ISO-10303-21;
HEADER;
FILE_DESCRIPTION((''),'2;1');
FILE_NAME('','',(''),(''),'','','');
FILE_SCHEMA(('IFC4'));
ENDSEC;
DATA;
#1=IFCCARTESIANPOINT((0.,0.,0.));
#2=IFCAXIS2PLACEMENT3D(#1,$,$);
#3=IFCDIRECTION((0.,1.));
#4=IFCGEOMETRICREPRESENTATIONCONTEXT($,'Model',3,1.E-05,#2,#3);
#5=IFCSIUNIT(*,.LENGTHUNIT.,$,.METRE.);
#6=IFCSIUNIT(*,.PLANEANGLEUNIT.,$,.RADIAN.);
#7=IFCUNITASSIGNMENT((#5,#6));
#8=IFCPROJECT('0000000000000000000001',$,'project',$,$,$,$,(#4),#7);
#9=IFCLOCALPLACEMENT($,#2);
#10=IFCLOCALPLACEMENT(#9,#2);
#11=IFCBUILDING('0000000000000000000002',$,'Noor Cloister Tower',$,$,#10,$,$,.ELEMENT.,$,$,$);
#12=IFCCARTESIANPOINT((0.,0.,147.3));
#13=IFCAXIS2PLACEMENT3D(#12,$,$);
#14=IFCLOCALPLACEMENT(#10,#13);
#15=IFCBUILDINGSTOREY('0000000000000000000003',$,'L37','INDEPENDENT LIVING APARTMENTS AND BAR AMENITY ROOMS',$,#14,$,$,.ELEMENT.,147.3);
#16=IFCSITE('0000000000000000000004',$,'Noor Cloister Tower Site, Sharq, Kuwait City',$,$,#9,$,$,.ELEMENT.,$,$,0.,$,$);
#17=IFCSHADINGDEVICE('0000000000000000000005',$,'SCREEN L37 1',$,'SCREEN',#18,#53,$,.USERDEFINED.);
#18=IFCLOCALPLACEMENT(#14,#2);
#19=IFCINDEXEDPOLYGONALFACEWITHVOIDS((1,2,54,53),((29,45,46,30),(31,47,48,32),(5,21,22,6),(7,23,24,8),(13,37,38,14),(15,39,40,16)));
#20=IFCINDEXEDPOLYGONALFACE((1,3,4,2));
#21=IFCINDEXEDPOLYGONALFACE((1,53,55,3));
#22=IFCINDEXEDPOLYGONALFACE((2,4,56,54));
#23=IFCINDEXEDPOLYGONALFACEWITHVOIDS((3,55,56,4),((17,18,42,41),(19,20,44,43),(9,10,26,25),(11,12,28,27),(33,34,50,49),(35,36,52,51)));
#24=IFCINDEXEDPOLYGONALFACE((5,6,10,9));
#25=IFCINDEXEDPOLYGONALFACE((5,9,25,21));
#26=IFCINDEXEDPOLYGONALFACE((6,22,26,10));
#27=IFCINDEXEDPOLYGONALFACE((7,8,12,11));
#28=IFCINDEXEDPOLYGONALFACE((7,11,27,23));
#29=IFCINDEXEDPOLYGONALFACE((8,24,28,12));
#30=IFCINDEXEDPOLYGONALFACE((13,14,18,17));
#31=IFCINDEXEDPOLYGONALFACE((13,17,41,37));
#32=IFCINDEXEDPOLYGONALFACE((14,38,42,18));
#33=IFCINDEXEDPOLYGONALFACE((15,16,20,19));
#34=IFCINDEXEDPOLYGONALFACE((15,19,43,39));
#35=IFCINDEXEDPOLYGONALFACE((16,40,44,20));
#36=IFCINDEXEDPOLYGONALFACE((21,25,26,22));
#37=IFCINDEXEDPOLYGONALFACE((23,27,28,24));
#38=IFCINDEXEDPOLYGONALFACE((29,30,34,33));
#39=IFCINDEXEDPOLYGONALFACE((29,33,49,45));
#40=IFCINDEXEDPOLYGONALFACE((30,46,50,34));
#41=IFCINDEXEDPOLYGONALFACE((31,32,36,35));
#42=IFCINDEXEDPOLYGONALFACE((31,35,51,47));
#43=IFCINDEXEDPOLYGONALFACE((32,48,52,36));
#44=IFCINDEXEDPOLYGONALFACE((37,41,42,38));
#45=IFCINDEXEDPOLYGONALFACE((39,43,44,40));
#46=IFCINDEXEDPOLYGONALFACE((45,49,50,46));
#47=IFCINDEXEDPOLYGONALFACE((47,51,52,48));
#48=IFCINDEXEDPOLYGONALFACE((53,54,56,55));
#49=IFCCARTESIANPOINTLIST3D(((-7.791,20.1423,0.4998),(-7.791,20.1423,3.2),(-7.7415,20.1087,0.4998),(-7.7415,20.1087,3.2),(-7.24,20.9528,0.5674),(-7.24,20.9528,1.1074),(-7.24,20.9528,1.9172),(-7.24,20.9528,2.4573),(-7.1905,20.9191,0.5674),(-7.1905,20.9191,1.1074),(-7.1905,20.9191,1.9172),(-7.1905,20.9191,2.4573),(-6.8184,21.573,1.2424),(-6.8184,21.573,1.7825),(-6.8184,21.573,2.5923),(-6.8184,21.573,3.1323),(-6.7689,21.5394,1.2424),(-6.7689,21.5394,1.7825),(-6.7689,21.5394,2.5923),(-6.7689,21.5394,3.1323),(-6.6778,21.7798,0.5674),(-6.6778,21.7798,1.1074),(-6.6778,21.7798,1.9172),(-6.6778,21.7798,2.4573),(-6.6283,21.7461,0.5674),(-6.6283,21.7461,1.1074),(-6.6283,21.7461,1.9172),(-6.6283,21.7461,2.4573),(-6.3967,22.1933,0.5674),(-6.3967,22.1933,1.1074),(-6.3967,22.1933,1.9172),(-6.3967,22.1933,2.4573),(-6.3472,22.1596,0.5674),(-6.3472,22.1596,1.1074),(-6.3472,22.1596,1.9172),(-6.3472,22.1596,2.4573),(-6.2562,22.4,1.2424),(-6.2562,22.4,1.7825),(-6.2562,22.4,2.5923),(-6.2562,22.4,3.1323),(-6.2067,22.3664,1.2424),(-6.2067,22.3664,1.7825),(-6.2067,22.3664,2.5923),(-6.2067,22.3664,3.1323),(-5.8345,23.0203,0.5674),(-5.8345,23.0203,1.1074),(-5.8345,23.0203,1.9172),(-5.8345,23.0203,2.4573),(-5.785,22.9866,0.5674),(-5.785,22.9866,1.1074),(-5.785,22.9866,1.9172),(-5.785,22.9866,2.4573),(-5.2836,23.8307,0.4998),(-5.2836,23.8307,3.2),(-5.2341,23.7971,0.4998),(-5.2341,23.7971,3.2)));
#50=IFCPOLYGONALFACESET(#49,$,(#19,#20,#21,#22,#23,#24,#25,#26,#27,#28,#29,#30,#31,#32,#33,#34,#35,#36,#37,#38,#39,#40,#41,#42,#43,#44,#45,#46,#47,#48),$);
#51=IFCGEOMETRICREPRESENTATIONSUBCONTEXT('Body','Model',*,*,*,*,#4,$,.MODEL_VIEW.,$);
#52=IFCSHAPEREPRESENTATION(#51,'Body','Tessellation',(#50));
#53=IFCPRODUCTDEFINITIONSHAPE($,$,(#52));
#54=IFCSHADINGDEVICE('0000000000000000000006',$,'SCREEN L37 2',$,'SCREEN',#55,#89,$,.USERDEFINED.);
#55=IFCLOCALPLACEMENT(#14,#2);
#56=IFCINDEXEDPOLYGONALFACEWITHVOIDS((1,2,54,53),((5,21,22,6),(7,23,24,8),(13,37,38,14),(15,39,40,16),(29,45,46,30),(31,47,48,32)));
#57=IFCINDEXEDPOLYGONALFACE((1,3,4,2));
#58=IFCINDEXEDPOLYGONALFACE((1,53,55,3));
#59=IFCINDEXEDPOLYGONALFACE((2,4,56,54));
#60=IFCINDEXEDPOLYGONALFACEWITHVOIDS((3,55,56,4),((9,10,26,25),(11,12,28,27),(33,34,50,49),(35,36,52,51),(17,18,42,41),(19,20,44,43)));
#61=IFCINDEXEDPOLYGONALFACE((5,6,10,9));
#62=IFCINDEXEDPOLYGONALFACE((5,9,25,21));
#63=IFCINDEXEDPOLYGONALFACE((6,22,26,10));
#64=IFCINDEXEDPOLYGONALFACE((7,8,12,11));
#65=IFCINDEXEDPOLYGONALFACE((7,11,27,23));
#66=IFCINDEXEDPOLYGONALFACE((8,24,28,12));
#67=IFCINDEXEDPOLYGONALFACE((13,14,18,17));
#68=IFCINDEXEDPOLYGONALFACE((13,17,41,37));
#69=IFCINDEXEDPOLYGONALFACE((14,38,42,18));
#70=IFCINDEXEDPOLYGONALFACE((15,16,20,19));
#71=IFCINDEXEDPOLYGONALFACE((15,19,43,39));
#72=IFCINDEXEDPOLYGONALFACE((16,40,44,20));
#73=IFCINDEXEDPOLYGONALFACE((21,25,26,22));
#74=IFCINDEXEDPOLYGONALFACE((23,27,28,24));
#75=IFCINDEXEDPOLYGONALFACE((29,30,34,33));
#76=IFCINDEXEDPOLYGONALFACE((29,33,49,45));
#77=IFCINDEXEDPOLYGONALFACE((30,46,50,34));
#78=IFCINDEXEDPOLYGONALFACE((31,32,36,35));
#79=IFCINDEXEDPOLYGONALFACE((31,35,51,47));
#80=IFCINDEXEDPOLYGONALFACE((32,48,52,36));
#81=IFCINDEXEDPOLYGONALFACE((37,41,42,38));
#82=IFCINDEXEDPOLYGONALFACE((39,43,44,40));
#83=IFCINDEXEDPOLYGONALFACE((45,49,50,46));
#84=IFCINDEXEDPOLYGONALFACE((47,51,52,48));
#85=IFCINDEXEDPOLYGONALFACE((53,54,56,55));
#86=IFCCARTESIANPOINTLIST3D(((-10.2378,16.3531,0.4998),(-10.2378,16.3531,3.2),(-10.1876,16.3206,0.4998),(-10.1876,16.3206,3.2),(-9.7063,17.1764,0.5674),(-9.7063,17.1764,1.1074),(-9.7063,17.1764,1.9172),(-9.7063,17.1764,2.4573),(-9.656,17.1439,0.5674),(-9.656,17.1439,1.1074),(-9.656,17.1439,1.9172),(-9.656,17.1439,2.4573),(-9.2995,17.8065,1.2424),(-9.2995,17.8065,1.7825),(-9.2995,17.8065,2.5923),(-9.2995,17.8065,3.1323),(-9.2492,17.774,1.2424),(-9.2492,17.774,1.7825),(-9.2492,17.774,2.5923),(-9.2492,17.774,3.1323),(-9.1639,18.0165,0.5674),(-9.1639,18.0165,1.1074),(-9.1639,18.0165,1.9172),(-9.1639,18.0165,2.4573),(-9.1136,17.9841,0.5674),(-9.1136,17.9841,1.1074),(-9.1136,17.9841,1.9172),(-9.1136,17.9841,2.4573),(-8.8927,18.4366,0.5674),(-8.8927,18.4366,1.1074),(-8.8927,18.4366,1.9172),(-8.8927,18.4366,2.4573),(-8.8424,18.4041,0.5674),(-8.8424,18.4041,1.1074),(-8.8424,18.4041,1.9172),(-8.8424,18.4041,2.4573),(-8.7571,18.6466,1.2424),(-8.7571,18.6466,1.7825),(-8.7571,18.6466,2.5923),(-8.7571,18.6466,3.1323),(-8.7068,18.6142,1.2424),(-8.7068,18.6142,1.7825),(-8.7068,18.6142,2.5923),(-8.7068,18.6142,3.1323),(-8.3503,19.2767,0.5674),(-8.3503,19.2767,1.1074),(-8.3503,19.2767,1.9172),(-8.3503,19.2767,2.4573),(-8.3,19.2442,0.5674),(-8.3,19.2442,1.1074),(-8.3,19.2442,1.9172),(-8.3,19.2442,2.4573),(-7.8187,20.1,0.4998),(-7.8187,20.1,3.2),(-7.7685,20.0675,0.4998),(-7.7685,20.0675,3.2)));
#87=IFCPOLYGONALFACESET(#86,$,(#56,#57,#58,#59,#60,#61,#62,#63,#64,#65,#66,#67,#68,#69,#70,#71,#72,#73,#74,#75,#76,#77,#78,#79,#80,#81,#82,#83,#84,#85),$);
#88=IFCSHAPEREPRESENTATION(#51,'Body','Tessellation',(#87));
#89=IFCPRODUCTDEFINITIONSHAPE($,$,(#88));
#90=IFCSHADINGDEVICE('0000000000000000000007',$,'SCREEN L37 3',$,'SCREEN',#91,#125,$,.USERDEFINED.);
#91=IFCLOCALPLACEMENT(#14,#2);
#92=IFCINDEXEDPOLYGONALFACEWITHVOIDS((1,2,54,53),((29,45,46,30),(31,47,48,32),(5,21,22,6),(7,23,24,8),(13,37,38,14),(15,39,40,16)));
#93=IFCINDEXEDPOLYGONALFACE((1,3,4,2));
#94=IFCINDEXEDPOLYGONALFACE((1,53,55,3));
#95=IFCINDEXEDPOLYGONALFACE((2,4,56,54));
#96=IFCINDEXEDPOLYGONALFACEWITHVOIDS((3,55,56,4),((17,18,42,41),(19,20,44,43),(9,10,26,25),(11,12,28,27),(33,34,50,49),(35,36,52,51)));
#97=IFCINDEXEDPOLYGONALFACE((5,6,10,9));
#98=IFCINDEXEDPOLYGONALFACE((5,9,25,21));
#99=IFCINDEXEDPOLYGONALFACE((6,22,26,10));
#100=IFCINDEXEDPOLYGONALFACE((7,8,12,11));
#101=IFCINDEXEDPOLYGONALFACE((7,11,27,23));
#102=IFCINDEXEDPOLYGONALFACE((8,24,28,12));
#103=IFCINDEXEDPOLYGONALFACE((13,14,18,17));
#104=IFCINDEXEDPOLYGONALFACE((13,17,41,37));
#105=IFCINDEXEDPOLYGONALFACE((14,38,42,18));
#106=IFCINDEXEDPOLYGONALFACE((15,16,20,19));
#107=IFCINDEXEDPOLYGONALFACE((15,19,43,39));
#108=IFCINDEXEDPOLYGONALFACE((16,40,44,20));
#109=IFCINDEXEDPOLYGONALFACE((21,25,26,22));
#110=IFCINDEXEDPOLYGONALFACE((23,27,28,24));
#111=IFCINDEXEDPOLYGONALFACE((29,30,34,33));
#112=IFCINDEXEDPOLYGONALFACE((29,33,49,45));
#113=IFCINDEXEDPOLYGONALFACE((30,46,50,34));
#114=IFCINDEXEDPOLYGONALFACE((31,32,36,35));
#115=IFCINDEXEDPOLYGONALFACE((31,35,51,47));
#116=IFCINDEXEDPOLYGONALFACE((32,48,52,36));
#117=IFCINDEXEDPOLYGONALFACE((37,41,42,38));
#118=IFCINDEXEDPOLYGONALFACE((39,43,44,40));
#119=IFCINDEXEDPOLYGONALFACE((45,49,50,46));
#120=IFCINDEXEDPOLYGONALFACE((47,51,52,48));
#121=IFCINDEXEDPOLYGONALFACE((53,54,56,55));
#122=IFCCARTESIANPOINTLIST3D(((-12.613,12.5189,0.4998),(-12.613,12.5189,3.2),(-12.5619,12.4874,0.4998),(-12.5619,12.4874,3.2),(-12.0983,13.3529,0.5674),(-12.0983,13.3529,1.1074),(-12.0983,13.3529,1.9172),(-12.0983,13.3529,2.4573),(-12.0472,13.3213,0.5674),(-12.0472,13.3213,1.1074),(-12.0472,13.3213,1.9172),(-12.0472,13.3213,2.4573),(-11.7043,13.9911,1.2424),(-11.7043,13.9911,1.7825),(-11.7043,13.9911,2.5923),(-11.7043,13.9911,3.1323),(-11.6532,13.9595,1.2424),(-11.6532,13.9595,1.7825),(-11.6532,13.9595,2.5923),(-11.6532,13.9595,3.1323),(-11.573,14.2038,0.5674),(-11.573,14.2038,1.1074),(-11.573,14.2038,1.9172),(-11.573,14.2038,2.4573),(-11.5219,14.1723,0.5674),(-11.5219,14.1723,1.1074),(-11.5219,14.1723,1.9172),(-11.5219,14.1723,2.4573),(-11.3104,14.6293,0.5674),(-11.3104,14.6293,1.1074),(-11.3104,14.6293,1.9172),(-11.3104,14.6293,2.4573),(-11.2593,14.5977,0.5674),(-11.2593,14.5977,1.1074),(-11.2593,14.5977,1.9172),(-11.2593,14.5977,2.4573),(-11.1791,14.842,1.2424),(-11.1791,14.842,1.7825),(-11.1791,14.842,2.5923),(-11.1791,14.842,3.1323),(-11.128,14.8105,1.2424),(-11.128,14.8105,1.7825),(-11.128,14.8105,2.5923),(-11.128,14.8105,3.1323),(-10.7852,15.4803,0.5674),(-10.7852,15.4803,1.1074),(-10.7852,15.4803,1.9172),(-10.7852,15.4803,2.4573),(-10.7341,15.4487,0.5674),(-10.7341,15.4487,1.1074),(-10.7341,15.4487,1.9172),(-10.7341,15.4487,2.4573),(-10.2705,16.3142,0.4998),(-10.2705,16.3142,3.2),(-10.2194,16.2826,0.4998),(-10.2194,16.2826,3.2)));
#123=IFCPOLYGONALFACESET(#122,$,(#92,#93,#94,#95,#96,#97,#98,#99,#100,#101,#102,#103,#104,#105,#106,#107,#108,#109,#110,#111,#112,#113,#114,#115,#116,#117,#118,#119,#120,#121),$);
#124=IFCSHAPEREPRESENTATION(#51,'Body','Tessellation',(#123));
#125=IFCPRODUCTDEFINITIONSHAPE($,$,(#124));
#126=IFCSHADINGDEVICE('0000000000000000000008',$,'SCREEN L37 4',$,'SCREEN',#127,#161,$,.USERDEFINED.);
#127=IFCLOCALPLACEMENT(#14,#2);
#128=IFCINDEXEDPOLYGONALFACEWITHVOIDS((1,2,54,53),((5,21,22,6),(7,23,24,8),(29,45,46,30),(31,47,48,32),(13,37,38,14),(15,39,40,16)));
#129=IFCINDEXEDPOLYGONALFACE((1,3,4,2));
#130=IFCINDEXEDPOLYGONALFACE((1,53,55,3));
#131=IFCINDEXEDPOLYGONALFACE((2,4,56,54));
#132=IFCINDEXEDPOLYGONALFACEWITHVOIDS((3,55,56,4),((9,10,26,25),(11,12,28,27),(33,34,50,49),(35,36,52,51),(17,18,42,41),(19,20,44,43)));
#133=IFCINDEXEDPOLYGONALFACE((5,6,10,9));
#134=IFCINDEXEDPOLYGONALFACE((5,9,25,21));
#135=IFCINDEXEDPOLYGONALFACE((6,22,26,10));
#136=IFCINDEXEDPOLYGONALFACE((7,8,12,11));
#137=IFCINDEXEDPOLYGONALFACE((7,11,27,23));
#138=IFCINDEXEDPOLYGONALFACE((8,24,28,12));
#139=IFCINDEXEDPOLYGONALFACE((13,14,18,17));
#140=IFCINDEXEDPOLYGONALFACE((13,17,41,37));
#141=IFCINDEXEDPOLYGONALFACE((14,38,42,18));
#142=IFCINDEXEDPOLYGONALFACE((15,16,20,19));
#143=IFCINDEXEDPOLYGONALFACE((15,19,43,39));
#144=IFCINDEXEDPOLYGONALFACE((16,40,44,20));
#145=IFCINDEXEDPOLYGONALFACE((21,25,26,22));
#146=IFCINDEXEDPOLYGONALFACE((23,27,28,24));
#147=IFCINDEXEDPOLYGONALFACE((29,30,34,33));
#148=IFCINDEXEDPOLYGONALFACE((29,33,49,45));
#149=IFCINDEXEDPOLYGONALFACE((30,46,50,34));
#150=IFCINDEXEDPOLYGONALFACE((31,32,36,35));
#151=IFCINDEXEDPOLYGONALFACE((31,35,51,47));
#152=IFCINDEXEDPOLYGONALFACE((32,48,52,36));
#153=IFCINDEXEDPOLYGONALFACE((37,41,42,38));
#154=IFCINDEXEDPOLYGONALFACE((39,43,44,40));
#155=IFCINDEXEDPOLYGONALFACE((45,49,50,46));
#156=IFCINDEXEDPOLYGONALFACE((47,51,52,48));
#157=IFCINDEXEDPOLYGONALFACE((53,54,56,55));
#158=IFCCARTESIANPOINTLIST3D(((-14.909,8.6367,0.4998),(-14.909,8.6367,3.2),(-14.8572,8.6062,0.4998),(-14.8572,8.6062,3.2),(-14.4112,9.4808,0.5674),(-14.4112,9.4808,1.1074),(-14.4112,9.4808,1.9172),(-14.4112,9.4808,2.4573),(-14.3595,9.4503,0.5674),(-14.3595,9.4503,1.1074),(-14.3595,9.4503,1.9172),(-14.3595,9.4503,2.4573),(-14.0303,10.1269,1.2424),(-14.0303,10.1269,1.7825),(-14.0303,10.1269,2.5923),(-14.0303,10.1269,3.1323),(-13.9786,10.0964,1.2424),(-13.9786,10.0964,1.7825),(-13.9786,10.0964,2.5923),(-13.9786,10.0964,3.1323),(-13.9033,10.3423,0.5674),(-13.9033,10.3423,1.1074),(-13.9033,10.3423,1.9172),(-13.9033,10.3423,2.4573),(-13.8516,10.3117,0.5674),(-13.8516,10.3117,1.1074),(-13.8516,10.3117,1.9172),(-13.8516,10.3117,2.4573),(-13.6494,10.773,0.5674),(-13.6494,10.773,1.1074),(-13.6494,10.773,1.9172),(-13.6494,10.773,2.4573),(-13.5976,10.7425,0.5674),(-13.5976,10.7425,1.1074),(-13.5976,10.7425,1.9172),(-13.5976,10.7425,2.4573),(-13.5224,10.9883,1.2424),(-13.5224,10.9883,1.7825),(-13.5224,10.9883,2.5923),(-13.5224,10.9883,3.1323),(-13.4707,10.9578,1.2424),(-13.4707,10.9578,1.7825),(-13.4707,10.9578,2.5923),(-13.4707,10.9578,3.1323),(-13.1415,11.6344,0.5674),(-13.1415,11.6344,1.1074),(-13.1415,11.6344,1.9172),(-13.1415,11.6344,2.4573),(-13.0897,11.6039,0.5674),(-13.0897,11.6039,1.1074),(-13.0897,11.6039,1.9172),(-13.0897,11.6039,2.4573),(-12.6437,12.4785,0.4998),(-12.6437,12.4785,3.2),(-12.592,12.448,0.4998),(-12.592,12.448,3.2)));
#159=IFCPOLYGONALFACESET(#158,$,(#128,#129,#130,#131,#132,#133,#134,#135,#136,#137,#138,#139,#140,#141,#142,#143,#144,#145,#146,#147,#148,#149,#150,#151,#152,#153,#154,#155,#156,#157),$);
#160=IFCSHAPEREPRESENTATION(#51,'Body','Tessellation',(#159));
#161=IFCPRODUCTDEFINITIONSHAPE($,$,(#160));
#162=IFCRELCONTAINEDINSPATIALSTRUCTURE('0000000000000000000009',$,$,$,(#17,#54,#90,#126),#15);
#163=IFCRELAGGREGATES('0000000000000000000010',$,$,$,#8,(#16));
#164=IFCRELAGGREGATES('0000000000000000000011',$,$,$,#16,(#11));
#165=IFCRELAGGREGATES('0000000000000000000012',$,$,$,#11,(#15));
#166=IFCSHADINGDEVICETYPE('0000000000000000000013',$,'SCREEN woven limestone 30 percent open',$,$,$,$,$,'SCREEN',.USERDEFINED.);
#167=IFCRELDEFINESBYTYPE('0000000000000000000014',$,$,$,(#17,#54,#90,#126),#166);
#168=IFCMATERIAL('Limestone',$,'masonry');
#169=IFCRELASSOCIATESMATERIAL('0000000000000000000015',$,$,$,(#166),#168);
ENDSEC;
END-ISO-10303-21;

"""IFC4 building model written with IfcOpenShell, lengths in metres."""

from ifc_helpers import new_model, si_unit, direction, frame, origin, place, context, subcontext, project, spatial, polyline, outline, extrude, material, material_profile, profile_set, type_object, element, save


model = new_model("IFC4")

# Units and contexts
model_context = context("Model", 3, precision=1e-05, world=origin(), true_north=direction((0.0, 1.0)))
body_context = subcontext(model_context, "Body", "Model", "MODEL_VIEW")
ifc_project = project(units=[si_unit("LENGTHUNIT", "METRE"), si_unit("PLANEANGLEUNIT", "RADIAN")], contexts=[model_context])

# Site, building, storey
site_placement = place(None, origin())
site = spatial("IfcSite", under=ifc_project, at=site_placement, Name="Noor Cloister Tower Site, Sharq, Kuwait City", CompositionType="ELEMENT", RefElevation=0.0)
building_placement = place(site_placement, origin())
building = spatial("IfcBuilding", under=site, at=building_placement, Name="Noor Cloister Tower", CompositionType="ELEMENT")
storey_placement = place(building_placement, frame((0.0, 0.0, 147.3)))
storey = spatial("IfcBuildingStorey", under=building, at=storey_placement, Name="L37", Description="INDEPENDENT LIVING APARTMENTS AND BAR AMENITY ROOMS", CompositionType="ELEMENT", Elevation=147.3)

# Shading devices
ifc_material_1 = material(Name="Limestone", Category="masonry")
ifc_material_profile_1 = material_profile(ifc_material_1, outline(polyline([(-2.23, -1.3501), (2.23, -1.3501), (2.23, 1.3501), (-2.23, 1.3501), (-2.23, -1.3501)]), holes=[polyline([(-1.25, -1.2825), (-0.25, -1.2825), (-0.25, -0.7424), (-1.25, -0.7424), (-1.25, -1.2825)]), polyline([(0.25, -1.2825), (1.25, -1.2825), (1.25, -0.7424), (0.25, -0.7424), (0.25, -1.2825)]), polyline([(-0.5, -0.6074), (0.5, -0.6074), (0.5, -0.0674), (-0.5, -0.0674), (-0.5, -0.6074)]), polyline([(-1.25, 0.0674), (-0.25, 0.0674), (-0.25, 0.6074), (-1.25, 0.6074), (-1.25, 0.0674)]), polyline([(0.25, 0.0674), (1.25, 0.0674), (1.25, 0.6074), (0.25, 0.6074), (0.25, 0.0674)]), polyline([(-0.5, 0.7424), (0.5, 0.7424), (0.5, 1.2825), (-0.5, 1.2825), (-0.5, 0.7424)])]), Name="Woven screen 30 percent open")
ifc_profile_set_1 = profile_set([ifc_material_profile_1], Name="Limestone")
shading_device_type = type_object("IfcShadingDeviceType", Name="SCREEN woven limestone 30 percent open", ElementType="SCREEN", PredefinedType="USERDEFINED", material=ifc_profile_set_1)
for number, where, z_axis, x_axis, name in (
    (1, (-6.4878, 21.9529, 1.8499), (-0.827002, 0.562199, 0.0), (-0.562199, -0.827002, 0.0), "SCREEN L37 1"),
    (2, (-8.978, 18.1941, 1.8499), (-0.840117, 0.542406, 0.0), (-0.542406, -0.840117, 0.0), "SCREEN L37 2"),
):
    element("IfcShadingDevice", number, at=place(storey_placement, frame(where, z_axis=z_axis, x_axis=x_axis)), inside=storey, type_object=shading_device_type, Name=name, ObjectType="SCREEN", PredefinedType="USERDEFINED", context=body_context, shape_type="SweptSolid", body=[
        extrude(outline(polyline([(-2.23, -1.3501), (2.23, -1.3501), (2.23, 1.3501), (-2.23, 1.3501), (-2.23, -1.3501)]), holes=[polyline([(-1.25, -1.2825), (-0.25, -1.2825), (-0.25, -0.7424), (-1.25, -0.7424), (-1.25, -1.2825)]), polyline([(0.25, -1.2825), (1.25, -1.2825), (1.25, -0.7424), (0.25, -0.7424), (0.25, -1.2825)]), polyline([(-0.5, -0.6074), (0.5, -0.6074), (0.5, -0.0674), (-0.5, -0.0674), (-0.5, -0.6074)]), polyline([(-1.25, 0.0674), (-0.25, 0.0674), (-0.25, 0.6074), (-1.25, 0.6074), (-1.25, 0.0674)]), polyline([(0.25, 0.0674), (1.25, 0.0674), (1.25, 0.6074), (0.25, 0.6074), (0.25, 0.0674)]), polyline([(-0.5, 0.7424), (0.5, 0.7424), (0.5, 1.2825), (-0.5, 1.2825), (-0.5, 0.7424)])]), origin(), (0.0, 0.0, 1.0), 0.0598),
    ])
for number, where, z_axis, x_axis, name in (
    (3, (-11.3906, 14.385, 1.8499), (-0.850959, 0.525233, 0.0), (-0.525233, -0.850959, 0.0), "SCREEN L37 3"),
    (4, (-13.7246, 10.5271, 1.8499), (-0.861411, 0.507908, 0.0), (-0.507908, -0.861411, 0.0), "SCREEN L37 4"),
):
    element("IfcShadingDevice", number, at=place(storey_placement, frame(where, z_axis=z_axis, x_axis=x_axis)), inside=storey, type_object=shading_device_type, Name=name, ObjectType="SCREEN", PredefinedType="USERDEFINED", context=body_context, shape_type="SweptSolid", body=[
        extrude(outline(polyline([(-2.23, -1.3501), (2.23, -1.3501), (2.23, 1.3501), (-2.23, 1.3501), (-2.23, -1.3501)]), holes=[polyline([(-1.25, -1.2825), (-0.25, -1.2825), (-0.25, -0.7424), (-1.25, -0.7424), (-1.25, -1.2825)]), polyline([(0.25, -1.2825), (1.25, -1.2825), (1.25, -0.7424), (0.25, -0.7424), (0.25, -1.2825)]), polyline([(-0.5, -0.6074), (0.5, -0.6074), (0.5, -0.0674), (-0.5, -0.0674), (-0.5, -0.6074)]), polyline([(-1.25, 0.0674), (-0.25, 0.0674), (-0.25, 0.6074), (-1.25, 0.6074), (-1.25, 0.0674)]), polyline([(0.25, 0.0674), (1.25, 0.0674), (1.25, 0.6074), (0.25, 0.6074), (0.25, 0.0674)]), polyline([(-0.5, 0.7424), (0.5, 0.7424), (0.5, 1.2825), (-0.5, 1.2825), (-0.5, 0.7424)])]), origin(), (0.0, 0.0, 1.0), 0.0601),
    ])

save(model, "model.ifc")
